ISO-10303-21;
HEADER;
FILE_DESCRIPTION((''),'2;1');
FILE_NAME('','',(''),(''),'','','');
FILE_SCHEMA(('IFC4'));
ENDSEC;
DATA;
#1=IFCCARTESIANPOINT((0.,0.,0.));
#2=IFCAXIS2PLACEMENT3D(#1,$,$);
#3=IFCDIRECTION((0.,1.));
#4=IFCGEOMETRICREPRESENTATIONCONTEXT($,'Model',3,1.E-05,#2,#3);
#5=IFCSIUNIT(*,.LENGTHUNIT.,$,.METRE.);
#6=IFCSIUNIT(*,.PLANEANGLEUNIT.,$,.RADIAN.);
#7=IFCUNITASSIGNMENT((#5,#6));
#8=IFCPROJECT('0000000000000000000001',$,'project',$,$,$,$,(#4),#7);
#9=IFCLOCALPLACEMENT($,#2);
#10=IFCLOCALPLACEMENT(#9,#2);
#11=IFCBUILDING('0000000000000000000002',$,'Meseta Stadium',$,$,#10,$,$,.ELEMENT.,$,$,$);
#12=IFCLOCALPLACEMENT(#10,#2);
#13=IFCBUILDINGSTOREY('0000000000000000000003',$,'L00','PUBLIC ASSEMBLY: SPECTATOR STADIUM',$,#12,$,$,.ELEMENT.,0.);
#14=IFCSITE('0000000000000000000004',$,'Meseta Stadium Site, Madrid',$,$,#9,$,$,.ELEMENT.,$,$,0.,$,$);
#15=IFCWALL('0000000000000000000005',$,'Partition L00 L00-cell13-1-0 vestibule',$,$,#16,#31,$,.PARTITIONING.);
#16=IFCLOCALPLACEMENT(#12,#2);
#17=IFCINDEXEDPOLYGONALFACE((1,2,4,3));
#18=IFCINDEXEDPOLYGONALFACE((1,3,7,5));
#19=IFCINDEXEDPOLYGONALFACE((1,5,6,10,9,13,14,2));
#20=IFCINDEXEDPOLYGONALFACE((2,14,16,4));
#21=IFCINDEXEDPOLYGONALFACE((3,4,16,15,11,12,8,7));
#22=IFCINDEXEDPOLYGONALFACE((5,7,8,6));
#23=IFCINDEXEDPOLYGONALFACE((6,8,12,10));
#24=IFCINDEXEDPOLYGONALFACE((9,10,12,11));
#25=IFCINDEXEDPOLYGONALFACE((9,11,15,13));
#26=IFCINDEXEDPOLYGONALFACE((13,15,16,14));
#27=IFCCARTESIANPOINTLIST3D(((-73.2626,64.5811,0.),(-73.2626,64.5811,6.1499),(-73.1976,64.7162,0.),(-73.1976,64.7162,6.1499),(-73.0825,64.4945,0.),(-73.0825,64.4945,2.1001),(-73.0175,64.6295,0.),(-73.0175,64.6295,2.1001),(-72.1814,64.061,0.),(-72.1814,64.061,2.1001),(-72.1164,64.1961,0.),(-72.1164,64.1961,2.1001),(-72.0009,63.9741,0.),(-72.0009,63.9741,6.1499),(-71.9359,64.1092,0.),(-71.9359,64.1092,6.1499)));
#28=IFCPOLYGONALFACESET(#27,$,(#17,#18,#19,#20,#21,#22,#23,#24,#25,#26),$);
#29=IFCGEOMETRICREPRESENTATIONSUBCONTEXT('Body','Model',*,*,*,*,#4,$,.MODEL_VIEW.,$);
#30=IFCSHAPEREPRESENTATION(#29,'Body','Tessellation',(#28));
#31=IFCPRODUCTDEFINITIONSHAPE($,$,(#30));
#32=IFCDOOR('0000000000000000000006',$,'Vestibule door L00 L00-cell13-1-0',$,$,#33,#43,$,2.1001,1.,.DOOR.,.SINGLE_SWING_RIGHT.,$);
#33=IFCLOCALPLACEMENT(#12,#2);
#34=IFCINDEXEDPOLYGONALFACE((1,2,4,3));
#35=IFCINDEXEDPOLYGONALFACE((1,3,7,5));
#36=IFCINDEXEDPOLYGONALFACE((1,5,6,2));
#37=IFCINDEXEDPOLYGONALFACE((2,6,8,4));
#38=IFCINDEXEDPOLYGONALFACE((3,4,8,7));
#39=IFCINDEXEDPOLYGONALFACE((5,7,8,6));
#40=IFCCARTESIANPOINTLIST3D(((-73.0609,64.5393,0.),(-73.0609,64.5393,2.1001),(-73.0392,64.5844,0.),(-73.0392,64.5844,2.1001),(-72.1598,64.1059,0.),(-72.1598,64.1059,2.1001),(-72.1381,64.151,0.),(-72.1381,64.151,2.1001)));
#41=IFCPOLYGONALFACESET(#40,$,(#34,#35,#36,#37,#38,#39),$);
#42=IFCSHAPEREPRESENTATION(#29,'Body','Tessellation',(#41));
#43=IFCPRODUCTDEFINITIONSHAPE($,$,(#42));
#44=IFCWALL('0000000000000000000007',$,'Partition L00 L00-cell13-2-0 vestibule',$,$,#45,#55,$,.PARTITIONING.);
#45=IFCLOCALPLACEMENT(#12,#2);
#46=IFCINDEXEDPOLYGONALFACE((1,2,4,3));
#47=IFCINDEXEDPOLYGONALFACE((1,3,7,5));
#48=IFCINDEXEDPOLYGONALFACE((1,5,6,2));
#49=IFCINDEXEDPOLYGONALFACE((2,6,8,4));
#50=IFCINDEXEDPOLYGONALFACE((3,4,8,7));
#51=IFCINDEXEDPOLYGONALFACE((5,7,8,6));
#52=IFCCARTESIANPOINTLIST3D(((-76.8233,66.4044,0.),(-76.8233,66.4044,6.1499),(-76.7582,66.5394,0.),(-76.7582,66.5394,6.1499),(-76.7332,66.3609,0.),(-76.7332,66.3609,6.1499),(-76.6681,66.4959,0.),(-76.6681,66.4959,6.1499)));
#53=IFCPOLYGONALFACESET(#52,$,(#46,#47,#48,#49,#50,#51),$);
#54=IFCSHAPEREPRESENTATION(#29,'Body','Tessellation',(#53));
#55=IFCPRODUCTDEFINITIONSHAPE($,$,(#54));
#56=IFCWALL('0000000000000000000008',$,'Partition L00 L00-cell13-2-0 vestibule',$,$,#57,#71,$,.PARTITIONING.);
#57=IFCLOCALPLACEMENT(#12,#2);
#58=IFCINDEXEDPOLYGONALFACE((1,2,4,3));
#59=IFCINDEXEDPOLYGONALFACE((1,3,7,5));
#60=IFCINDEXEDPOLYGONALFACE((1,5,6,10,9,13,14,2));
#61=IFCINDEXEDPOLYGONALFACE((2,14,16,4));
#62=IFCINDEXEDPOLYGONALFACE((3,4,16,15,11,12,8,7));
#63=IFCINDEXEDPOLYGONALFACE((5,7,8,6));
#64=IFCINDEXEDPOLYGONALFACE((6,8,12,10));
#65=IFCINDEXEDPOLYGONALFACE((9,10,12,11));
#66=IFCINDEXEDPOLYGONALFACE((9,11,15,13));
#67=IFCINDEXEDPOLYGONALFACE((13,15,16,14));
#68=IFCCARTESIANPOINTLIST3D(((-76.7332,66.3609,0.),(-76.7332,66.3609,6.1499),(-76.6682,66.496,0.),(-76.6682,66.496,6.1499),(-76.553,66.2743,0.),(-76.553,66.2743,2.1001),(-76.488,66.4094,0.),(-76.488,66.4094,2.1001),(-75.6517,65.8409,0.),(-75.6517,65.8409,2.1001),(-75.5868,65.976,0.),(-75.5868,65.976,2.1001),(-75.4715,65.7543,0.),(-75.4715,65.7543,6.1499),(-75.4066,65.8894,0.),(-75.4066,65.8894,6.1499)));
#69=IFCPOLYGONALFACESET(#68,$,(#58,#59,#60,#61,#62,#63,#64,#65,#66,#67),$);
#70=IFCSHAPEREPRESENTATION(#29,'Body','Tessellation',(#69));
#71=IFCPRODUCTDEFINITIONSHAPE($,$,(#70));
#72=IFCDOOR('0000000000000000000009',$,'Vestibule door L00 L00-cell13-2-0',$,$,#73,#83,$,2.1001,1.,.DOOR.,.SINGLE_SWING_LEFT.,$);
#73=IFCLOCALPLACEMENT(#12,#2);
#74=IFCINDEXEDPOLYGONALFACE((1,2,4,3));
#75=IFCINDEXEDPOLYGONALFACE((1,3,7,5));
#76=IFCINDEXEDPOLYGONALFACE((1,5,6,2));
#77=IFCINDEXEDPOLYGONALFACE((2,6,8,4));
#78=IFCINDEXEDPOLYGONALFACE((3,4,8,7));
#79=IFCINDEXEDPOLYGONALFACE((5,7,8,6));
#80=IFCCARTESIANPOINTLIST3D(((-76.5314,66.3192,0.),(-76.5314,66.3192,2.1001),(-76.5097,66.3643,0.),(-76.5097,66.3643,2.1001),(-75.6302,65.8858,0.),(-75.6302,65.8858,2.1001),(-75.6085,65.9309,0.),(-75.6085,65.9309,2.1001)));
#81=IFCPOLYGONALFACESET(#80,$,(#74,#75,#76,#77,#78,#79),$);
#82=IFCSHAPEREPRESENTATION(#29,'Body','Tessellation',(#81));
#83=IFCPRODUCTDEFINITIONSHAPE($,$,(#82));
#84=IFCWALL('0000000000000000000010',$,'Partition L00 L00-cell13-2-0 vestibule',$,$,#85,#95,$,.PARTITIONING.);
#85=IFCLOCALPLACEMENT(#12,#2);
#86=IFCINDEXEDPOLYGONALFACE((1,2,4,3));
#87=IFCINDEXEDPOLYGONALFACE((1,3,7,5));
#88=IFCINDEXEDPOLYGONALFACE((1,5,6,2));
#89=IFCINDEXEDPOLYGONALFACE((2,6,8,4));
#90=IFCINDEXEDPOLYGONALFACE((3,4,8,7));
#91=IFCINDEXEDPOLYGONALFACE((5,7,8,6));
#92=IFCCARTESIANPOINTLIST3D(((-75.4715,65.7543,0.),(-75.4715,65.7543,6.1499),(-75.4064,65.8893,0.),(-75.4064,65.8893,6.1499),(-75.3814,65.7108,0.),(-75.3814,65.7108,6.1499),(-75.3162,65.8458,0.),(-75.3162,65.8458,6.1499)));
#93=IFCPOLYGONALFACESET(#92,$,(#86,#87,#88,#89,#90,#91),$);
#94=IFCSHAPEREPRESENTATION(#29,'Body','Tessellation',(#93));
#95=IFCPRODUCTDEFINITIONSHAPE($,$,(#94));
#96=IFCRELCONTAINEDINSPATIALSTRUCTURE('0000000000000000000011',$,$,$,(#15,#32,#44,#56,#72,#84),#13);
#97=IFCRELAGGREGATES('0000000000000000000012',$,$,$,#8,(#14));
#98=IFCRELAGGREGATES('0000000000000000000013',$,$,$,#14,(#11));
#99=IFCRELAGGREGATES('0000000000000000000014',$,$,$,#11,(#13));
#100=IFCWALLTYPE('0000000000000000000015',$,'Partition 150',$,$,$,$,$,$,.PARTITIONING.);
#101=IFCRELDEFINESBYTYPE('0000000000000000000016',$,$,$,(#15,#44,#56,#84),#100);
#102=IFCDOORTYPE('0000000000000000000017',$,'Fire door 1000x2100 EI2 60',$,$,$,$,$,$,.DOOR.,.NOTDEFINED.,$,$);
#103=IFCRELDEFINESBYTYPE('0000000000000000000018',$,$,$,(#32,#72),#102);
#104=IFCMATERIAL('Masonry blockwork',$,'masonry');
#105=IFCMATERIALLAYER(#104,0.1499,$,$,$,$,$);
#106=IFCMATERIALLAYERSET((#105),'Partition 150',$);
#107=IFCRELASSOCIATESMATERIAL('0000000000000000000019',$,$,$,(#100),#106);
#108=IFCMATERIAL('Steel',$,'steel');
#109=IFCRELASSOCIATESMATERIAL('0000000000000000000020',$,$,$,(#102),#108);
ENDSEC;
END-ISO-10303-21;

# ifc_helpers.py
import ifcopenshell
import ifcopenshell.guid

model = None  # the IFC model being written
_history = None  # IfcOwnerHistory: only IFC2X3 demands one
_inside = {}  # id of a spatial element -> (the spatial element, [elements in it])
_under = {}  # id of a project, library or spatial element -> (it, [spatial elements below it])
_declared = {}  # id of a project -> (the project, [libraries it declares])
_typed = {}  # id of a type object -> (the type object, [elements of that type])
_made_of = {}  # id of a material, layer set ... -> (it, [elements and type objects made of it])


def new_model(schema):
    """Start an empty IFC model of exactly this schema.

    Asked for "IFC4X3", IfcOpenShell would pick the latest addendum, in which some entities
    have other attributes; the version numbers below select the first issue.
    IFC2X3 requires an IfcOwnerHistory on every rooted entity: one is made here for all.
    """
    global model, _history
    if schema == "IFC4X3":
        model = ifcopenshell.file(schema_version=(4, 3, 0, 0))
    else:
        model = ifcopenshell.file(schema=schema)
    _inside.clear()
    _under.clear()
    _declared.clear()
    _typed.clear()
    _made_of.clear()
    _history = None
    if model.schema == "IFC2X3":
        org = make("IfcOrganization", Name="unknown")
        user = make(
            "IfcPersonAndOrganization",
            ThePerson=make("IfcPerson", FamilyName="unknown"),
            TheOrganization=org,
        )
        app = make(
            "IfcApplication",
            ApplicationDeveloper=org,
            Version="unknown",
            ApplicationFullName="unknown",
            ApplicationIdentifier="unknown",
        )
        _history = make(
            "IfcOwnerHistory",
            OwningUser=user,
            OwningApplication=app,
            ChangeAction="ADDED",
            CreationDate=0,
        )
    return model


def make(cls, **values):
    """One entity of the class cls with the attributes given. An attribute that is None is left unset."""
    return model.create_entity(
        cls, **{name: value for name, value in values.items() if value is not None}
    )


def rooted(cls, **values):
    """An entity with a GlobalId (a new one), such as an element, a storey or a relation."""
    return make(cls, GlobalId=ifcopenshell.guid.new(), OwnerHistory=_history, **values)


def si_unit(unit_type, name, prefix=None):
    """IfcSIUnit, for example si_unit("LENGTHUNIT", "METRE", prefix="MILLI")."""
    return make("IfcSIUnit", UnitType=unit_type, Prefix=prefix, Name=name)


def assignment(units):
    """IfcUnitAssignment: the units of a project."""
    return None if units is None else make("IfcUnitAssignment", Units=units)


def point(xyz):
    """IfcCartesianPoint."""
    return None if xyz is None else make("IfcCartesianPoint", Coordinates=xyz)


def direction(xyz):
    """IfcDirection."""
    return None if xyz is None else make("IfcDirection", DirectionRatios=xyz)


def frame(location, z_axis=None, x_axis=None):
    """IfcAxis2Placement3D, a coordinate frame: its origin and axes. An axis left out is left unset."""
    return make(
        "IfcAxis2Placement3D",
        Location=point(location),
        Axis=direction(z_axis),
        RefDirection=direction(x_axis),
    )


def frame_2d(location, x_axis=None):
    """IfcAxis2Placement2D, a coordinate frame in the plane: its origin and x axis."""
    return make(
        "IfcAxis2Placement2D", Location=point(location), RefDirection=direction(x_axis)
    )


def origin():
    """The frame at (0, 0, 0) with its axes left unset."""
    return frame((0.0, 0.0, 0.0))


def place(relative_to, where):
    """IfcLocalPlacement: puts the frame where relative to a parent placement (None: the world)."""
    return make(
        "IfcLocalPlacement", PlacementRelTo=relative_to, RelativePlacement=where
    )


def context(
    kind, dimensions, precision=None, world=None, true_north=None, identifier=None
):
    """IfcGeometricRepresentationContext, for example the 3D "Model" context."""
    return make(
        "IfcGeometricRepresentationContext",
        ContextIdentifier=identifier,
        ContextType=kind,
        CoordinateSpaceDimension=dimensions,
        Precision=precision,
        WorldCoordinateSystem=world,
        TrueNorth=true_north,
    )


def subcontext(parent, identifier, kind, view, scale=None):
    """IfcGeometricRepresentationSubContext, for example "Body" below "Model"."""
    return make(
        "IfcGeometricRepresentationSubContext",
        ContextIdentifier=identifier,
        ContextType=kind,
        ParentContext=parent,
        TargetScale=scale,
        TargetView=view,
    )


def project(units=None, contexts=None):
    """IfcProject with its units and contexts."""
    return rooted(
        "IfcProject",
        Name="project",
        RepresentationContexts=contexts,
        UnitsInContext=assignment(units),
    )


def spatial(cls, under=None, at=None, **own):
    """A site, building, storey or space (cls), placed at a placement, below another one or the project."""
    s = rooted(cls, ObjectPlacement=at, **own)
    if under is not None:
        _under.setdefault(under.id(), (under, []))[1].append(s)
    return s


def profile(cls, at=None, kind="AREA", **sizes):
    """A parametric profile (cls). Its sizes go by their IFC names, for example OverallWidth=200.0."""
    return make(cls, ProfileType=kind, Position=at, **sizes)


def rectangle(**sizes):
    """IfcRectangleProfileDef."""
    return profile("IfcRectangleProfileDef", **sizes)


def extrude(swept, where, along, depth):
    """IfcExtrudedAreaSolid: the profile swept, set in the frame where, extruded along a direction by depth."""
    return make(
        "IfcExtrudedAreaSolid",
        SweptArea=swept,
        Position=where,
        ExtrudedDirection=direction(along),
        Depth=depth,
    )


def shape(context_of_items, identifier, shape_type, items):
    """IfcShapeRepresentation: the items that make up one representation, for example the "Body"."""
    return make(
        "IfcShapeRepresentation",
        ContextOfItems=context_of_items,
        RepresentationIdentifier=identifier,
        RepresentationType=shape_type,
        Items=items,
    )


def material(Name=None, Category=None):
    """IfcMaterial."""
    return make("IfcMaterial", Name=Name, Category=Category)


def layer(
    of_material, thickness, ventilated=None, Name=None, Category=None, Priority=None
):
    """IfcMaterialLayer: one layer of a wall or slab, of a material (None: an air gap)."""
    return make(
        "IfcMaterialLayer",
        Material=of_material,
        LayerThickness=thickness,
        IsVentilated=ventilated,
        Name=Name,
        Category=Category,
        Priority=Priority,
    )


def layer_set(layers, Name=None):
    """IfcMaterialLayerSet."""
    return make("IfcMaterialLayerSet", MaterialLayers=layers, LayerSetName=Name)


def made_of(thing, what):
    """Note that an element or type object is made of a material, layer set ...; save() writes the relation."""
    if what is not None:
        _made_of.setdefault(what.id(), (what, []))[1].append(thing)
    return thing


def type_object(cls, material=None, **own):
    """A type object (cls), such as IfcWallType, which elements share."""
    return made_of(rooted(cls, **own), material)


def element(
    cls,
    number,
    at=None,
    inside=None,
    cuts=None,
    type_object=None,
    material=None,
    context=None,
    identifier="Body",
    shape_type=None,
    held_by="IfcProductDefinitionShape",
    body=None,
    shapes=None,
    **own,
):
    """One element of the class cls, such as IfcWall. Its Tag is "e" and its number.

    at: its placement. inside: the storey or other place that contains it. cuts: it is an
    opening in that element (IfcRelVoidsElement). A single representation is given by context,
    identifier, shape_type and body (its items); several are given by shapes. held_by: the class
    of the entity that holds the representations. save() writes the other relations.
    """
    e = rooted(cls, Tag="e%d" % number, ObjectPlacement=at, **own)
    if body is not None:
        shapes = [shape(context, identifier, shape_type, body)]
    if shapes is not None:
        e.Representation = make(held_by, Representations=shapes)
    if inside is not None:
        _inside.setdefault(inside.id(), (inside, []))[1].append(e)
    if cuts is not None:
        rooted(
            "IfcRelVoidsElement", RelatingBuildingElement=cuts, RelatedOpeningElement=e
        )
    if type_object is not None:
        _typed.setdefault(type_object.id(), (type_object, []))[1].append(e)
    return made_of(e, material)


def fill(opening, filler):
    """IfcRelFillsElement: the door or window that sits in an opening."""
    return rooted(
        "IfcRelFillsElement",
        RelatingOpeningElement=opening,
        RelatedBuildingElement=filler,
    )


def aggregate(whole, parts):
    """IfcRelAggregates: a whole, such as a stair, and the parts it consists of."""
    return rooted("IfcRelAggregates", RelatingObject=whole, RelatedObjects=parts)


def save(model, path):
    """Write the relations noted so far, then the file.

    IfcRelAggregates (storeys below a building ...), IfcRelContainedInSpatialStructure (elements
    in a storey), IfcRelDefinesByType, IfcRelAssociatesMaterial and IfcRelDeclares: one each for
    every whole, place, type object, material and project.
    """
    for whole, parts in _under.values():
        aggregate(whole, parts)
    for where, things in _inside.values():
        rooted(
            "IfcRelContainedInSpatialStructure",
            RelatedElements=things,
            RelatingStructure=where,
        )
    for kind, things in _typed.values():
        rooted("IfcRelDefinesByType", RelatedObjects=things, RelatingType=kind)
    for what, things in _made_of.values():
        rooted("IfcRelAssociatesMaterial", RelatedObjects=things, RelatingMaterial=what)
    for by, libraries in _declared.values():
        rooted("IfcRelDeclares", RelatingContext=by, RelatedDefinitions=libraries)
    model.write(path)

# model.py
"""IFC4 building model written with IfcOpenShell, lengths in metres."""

from ifc_helpers import new_model, si_unit, direction, frame, frame_2d, origin, place, context, subcontext, project, spatial, rectangle, extrude, material, layer, layer_set, type_object, element, fill, save


model = new_model("IFC4")

# Units and contexts
model_context = context("Model", 3, precision=1e-05, world=origin(), true_north=direction((0.0, 1.0)))
body_context = subcontext(model_context, "Body", "Model", "MODEL_VIEW")
ifc_project = project(units=[si_unit("LENGTHUNIT", "METRE"), si_unit("PLANEANGLEUNIT", "RADIAN")], contexts=[model_context])

# Site, building, storey
site_placement = place(None, origin())
site = spatial("IfcSite", under=ifc_project, at=site_placement, Name="Meseta Stadium Site, Madrid", CompositionType="ELEMENT", RefElevation=0.0)
building_placement = place(site_placement, origin())
building = spatial("IfcBuilding", under=site, at=building_placement, Name="Meseta Stadium", CompositionType="ELEMENT")
storey_placement = place(building_placement, origin())
storey = spatial("IfcBuildingStorey", under=building, at=storey_placement, Name="L00", Description="PUBLIC ASSEMBLY: SPECTATOR STADIUM", CompositionType="ELEMENT", Elevation=0.0)

# Shared definitions
ifc_material_1 = material(Name="Masonry blockwork", Category="masonry")
ifc_layer = layer(ifc_material_1, 0.1499)
ifc_layer_set = layer_set([ifc_layer], Name="Partition 150")
wall_type = type_object("IfcWallType", Name="Partition 150", PredefinedType="PARTITIONING", material=ifc_layer_set)

# Wall, opening, door
wall_1_placement = place(storey_placement, frame((-73.2302, 64.6487, 0.0), z_axis=(0.0, 0.0, 1.0), x_axis=(0.901158, -0.433491, 0.0)))
wall_1 = element("IfcWall", 1, at=wall_1_placement, inside=storey, type_object=wall_type, Name="Partition L00 L00-cell13-1-0 vestibule", PredefinedType="PARTITIONING", context=body_context, shape_type="SweptSolid", body=[
    extrude(rectangle(XDim=1.4001, YDim=0.1499, at=frame_2d((0.7002, 0.0))), origin(), (0.0, 0.0, 1.0), 6.1499),
])
opening_1_placement = place(wall_1_placement, frame((0.2, 0.0, 0.0)))
opening_1 = element("IfcOpeningElement", 2, at=opening_1_placement, cuts=wall_1, PredefinedType="OPENING", context=body_context, shape_type="SweptSolid", body=[
    extrude(rectangle(XDim=1.0, YDim=2.1001, at=frame_2d((0.5, 1.05))), frame((0.0, 0.085, 0.0), z_axis=(0.0, -1.0, 0.0), x_axis=(1.0, 0.0, 0.0)), (0.0, 0.0, 1.0), 0.1699),
])
ifc_material_2 = material(Name="Steel", Category="steel")
door_type = type_object("IfcDoorType", Name="Fire door 1000x2100 EI2 60", OperationType="NOTDEFINED", PredefinedType="DOOR", material=ifc_material_2)
door_1_placement = place(opening_1_placement, origin())
door_1 = element("IfcDoor", 3, at=door_1_placement, inside=storey, type_object=door_type, Name="Vestibule door L00 L00-cell13-1-0", OperationType="SINGLE_SWING_RIGHT", OverallHeight=2.1001, OverallWidth=1.0, PredefinedType="DOOR", context=body_context, shape_type="SweptSolid", body=[
    extrude(rectangle(XDim=1.0, YDim=2.1001, at=frame_2d((0.5, 1.05))), frame((0.0, 0.0249, 0.0), z_axis=(0.0, -1.0, 0.0), x_axis=(1.0, 0.0, 0.0)), (0.0, 0.0, 1.0), 0.05),
])
fill(opening_1, door_1)

# Wall
wall_2_placement = place(storey_placement, frame((-76.7908, 66.4719, 0.0), z_axis=(0.0, 0.0, 1.0), x_axis=(0.900683, -0.434476, 0.0)))
element("IfcWall", 4, at=wall_2_placement, inside=storey, type_object=wall_type, Name="Partition L00 L00-cell13-2-0 vestibule", PredefinedType="PARTITIONING", context=body_context, shape_type="SweptSolid", body=[
    extrude(rectangle(XDim=0.1001, YDim=0.1499, at=frame_2d((0.05, 0.0))), origin(), (0.0, 0.0, 1.0), 6.1499),
])

# Wall, opening, door
wall_3_placement = place(storey_placement, frame((-76.7007, 66.4285, 0.0), z_axis=(0.0, 0.0, 1.0), x_axis=(0.901226, -0.433349, 0.0)))
wall_3 = element("IfcWall", 5, at=wall_3_placement, inside=storey, type_object=wall_type, Name="Partition L00 L00-cell13-2-0 vestibule", PredefinedType="PARTITIONING", context=body_context, shape_type="SweptSolid", body=[
    extrude(rectangle(XDim=1.3999, YDim=0.1499, at=frame_2d((0.7, 0.0))), origin(), (0.0, 0.0, 1.0), 6.1499),
])
opening_2_placement = place(wall_3_placement, frame((0.2, 0.0, 0.0)))
opening_2 = element("IfcOpeningElement", 6, at=opening_2_placement, cuts=wall_3, PredefinedType="OPENING", context=body_context, shape_type="SweptSolid", body=[
    extrude(rectangle(XDim=1.0, YDim=2.1001, at=frame_2d((0.5, 1.05))), frame((0.0, 0.085, 0.0), z_axis=(0.0, -1.0, 0.0), x_axis=(1.0, 0.0, 0.0)), (0.0, 0.0, 1.0), 0.1699),
])
door_2_placement = place(opening_2_placement, origin())
door_2 = element("IfcDoor", 7, at=door_2_placement, inside=storey, type_object=door_type, Name="Vestibule door L00 L00-cell13-2-0", OperationType="SINGLE_SWING_LEFT", OverallHeight=2.1001, OverallWidth=1.0, PredefinedType="DOOR", context=body_context, shape_type="SweptSolid", body=[
    extrude(rectangle(XDim=1.0, YDim=2.1001, at=frame_2d((0.5, 1.05))), frame((0.0, 0.0249, 0.0), z_axis=(0.0, -1.0, 0.0), x_axis=(1.0, 0.0, 0.0)), (0.0, 0.0, 1.0), 0.05),
])
fill(opening_2, door_2)

# Wall
wall_4_placement = place(storey_placement, frame((-75.439, 65.8218, 0.0), z_axis=(0.0, 0.0, 1.0), x_axis=(0.900683, -0.434476, 0.0)))
element("IfcWall", 8, at=wall_4_placement, inside=storey, type_object=wall_type, Name="Partition L00 L00-cell13-2-0 vestibule", PredefinedType="PARTITIONING", context=body_context, shape_type="SweptSolid", body=[
    extrude(rectangle(XDim=0.1001, YDim=0.1499, at=frame_2d((0.05, 0.0))), origin(), (0.0, 0.0, 1.0), 6.1499),
])

save(model, "model.ifc")
